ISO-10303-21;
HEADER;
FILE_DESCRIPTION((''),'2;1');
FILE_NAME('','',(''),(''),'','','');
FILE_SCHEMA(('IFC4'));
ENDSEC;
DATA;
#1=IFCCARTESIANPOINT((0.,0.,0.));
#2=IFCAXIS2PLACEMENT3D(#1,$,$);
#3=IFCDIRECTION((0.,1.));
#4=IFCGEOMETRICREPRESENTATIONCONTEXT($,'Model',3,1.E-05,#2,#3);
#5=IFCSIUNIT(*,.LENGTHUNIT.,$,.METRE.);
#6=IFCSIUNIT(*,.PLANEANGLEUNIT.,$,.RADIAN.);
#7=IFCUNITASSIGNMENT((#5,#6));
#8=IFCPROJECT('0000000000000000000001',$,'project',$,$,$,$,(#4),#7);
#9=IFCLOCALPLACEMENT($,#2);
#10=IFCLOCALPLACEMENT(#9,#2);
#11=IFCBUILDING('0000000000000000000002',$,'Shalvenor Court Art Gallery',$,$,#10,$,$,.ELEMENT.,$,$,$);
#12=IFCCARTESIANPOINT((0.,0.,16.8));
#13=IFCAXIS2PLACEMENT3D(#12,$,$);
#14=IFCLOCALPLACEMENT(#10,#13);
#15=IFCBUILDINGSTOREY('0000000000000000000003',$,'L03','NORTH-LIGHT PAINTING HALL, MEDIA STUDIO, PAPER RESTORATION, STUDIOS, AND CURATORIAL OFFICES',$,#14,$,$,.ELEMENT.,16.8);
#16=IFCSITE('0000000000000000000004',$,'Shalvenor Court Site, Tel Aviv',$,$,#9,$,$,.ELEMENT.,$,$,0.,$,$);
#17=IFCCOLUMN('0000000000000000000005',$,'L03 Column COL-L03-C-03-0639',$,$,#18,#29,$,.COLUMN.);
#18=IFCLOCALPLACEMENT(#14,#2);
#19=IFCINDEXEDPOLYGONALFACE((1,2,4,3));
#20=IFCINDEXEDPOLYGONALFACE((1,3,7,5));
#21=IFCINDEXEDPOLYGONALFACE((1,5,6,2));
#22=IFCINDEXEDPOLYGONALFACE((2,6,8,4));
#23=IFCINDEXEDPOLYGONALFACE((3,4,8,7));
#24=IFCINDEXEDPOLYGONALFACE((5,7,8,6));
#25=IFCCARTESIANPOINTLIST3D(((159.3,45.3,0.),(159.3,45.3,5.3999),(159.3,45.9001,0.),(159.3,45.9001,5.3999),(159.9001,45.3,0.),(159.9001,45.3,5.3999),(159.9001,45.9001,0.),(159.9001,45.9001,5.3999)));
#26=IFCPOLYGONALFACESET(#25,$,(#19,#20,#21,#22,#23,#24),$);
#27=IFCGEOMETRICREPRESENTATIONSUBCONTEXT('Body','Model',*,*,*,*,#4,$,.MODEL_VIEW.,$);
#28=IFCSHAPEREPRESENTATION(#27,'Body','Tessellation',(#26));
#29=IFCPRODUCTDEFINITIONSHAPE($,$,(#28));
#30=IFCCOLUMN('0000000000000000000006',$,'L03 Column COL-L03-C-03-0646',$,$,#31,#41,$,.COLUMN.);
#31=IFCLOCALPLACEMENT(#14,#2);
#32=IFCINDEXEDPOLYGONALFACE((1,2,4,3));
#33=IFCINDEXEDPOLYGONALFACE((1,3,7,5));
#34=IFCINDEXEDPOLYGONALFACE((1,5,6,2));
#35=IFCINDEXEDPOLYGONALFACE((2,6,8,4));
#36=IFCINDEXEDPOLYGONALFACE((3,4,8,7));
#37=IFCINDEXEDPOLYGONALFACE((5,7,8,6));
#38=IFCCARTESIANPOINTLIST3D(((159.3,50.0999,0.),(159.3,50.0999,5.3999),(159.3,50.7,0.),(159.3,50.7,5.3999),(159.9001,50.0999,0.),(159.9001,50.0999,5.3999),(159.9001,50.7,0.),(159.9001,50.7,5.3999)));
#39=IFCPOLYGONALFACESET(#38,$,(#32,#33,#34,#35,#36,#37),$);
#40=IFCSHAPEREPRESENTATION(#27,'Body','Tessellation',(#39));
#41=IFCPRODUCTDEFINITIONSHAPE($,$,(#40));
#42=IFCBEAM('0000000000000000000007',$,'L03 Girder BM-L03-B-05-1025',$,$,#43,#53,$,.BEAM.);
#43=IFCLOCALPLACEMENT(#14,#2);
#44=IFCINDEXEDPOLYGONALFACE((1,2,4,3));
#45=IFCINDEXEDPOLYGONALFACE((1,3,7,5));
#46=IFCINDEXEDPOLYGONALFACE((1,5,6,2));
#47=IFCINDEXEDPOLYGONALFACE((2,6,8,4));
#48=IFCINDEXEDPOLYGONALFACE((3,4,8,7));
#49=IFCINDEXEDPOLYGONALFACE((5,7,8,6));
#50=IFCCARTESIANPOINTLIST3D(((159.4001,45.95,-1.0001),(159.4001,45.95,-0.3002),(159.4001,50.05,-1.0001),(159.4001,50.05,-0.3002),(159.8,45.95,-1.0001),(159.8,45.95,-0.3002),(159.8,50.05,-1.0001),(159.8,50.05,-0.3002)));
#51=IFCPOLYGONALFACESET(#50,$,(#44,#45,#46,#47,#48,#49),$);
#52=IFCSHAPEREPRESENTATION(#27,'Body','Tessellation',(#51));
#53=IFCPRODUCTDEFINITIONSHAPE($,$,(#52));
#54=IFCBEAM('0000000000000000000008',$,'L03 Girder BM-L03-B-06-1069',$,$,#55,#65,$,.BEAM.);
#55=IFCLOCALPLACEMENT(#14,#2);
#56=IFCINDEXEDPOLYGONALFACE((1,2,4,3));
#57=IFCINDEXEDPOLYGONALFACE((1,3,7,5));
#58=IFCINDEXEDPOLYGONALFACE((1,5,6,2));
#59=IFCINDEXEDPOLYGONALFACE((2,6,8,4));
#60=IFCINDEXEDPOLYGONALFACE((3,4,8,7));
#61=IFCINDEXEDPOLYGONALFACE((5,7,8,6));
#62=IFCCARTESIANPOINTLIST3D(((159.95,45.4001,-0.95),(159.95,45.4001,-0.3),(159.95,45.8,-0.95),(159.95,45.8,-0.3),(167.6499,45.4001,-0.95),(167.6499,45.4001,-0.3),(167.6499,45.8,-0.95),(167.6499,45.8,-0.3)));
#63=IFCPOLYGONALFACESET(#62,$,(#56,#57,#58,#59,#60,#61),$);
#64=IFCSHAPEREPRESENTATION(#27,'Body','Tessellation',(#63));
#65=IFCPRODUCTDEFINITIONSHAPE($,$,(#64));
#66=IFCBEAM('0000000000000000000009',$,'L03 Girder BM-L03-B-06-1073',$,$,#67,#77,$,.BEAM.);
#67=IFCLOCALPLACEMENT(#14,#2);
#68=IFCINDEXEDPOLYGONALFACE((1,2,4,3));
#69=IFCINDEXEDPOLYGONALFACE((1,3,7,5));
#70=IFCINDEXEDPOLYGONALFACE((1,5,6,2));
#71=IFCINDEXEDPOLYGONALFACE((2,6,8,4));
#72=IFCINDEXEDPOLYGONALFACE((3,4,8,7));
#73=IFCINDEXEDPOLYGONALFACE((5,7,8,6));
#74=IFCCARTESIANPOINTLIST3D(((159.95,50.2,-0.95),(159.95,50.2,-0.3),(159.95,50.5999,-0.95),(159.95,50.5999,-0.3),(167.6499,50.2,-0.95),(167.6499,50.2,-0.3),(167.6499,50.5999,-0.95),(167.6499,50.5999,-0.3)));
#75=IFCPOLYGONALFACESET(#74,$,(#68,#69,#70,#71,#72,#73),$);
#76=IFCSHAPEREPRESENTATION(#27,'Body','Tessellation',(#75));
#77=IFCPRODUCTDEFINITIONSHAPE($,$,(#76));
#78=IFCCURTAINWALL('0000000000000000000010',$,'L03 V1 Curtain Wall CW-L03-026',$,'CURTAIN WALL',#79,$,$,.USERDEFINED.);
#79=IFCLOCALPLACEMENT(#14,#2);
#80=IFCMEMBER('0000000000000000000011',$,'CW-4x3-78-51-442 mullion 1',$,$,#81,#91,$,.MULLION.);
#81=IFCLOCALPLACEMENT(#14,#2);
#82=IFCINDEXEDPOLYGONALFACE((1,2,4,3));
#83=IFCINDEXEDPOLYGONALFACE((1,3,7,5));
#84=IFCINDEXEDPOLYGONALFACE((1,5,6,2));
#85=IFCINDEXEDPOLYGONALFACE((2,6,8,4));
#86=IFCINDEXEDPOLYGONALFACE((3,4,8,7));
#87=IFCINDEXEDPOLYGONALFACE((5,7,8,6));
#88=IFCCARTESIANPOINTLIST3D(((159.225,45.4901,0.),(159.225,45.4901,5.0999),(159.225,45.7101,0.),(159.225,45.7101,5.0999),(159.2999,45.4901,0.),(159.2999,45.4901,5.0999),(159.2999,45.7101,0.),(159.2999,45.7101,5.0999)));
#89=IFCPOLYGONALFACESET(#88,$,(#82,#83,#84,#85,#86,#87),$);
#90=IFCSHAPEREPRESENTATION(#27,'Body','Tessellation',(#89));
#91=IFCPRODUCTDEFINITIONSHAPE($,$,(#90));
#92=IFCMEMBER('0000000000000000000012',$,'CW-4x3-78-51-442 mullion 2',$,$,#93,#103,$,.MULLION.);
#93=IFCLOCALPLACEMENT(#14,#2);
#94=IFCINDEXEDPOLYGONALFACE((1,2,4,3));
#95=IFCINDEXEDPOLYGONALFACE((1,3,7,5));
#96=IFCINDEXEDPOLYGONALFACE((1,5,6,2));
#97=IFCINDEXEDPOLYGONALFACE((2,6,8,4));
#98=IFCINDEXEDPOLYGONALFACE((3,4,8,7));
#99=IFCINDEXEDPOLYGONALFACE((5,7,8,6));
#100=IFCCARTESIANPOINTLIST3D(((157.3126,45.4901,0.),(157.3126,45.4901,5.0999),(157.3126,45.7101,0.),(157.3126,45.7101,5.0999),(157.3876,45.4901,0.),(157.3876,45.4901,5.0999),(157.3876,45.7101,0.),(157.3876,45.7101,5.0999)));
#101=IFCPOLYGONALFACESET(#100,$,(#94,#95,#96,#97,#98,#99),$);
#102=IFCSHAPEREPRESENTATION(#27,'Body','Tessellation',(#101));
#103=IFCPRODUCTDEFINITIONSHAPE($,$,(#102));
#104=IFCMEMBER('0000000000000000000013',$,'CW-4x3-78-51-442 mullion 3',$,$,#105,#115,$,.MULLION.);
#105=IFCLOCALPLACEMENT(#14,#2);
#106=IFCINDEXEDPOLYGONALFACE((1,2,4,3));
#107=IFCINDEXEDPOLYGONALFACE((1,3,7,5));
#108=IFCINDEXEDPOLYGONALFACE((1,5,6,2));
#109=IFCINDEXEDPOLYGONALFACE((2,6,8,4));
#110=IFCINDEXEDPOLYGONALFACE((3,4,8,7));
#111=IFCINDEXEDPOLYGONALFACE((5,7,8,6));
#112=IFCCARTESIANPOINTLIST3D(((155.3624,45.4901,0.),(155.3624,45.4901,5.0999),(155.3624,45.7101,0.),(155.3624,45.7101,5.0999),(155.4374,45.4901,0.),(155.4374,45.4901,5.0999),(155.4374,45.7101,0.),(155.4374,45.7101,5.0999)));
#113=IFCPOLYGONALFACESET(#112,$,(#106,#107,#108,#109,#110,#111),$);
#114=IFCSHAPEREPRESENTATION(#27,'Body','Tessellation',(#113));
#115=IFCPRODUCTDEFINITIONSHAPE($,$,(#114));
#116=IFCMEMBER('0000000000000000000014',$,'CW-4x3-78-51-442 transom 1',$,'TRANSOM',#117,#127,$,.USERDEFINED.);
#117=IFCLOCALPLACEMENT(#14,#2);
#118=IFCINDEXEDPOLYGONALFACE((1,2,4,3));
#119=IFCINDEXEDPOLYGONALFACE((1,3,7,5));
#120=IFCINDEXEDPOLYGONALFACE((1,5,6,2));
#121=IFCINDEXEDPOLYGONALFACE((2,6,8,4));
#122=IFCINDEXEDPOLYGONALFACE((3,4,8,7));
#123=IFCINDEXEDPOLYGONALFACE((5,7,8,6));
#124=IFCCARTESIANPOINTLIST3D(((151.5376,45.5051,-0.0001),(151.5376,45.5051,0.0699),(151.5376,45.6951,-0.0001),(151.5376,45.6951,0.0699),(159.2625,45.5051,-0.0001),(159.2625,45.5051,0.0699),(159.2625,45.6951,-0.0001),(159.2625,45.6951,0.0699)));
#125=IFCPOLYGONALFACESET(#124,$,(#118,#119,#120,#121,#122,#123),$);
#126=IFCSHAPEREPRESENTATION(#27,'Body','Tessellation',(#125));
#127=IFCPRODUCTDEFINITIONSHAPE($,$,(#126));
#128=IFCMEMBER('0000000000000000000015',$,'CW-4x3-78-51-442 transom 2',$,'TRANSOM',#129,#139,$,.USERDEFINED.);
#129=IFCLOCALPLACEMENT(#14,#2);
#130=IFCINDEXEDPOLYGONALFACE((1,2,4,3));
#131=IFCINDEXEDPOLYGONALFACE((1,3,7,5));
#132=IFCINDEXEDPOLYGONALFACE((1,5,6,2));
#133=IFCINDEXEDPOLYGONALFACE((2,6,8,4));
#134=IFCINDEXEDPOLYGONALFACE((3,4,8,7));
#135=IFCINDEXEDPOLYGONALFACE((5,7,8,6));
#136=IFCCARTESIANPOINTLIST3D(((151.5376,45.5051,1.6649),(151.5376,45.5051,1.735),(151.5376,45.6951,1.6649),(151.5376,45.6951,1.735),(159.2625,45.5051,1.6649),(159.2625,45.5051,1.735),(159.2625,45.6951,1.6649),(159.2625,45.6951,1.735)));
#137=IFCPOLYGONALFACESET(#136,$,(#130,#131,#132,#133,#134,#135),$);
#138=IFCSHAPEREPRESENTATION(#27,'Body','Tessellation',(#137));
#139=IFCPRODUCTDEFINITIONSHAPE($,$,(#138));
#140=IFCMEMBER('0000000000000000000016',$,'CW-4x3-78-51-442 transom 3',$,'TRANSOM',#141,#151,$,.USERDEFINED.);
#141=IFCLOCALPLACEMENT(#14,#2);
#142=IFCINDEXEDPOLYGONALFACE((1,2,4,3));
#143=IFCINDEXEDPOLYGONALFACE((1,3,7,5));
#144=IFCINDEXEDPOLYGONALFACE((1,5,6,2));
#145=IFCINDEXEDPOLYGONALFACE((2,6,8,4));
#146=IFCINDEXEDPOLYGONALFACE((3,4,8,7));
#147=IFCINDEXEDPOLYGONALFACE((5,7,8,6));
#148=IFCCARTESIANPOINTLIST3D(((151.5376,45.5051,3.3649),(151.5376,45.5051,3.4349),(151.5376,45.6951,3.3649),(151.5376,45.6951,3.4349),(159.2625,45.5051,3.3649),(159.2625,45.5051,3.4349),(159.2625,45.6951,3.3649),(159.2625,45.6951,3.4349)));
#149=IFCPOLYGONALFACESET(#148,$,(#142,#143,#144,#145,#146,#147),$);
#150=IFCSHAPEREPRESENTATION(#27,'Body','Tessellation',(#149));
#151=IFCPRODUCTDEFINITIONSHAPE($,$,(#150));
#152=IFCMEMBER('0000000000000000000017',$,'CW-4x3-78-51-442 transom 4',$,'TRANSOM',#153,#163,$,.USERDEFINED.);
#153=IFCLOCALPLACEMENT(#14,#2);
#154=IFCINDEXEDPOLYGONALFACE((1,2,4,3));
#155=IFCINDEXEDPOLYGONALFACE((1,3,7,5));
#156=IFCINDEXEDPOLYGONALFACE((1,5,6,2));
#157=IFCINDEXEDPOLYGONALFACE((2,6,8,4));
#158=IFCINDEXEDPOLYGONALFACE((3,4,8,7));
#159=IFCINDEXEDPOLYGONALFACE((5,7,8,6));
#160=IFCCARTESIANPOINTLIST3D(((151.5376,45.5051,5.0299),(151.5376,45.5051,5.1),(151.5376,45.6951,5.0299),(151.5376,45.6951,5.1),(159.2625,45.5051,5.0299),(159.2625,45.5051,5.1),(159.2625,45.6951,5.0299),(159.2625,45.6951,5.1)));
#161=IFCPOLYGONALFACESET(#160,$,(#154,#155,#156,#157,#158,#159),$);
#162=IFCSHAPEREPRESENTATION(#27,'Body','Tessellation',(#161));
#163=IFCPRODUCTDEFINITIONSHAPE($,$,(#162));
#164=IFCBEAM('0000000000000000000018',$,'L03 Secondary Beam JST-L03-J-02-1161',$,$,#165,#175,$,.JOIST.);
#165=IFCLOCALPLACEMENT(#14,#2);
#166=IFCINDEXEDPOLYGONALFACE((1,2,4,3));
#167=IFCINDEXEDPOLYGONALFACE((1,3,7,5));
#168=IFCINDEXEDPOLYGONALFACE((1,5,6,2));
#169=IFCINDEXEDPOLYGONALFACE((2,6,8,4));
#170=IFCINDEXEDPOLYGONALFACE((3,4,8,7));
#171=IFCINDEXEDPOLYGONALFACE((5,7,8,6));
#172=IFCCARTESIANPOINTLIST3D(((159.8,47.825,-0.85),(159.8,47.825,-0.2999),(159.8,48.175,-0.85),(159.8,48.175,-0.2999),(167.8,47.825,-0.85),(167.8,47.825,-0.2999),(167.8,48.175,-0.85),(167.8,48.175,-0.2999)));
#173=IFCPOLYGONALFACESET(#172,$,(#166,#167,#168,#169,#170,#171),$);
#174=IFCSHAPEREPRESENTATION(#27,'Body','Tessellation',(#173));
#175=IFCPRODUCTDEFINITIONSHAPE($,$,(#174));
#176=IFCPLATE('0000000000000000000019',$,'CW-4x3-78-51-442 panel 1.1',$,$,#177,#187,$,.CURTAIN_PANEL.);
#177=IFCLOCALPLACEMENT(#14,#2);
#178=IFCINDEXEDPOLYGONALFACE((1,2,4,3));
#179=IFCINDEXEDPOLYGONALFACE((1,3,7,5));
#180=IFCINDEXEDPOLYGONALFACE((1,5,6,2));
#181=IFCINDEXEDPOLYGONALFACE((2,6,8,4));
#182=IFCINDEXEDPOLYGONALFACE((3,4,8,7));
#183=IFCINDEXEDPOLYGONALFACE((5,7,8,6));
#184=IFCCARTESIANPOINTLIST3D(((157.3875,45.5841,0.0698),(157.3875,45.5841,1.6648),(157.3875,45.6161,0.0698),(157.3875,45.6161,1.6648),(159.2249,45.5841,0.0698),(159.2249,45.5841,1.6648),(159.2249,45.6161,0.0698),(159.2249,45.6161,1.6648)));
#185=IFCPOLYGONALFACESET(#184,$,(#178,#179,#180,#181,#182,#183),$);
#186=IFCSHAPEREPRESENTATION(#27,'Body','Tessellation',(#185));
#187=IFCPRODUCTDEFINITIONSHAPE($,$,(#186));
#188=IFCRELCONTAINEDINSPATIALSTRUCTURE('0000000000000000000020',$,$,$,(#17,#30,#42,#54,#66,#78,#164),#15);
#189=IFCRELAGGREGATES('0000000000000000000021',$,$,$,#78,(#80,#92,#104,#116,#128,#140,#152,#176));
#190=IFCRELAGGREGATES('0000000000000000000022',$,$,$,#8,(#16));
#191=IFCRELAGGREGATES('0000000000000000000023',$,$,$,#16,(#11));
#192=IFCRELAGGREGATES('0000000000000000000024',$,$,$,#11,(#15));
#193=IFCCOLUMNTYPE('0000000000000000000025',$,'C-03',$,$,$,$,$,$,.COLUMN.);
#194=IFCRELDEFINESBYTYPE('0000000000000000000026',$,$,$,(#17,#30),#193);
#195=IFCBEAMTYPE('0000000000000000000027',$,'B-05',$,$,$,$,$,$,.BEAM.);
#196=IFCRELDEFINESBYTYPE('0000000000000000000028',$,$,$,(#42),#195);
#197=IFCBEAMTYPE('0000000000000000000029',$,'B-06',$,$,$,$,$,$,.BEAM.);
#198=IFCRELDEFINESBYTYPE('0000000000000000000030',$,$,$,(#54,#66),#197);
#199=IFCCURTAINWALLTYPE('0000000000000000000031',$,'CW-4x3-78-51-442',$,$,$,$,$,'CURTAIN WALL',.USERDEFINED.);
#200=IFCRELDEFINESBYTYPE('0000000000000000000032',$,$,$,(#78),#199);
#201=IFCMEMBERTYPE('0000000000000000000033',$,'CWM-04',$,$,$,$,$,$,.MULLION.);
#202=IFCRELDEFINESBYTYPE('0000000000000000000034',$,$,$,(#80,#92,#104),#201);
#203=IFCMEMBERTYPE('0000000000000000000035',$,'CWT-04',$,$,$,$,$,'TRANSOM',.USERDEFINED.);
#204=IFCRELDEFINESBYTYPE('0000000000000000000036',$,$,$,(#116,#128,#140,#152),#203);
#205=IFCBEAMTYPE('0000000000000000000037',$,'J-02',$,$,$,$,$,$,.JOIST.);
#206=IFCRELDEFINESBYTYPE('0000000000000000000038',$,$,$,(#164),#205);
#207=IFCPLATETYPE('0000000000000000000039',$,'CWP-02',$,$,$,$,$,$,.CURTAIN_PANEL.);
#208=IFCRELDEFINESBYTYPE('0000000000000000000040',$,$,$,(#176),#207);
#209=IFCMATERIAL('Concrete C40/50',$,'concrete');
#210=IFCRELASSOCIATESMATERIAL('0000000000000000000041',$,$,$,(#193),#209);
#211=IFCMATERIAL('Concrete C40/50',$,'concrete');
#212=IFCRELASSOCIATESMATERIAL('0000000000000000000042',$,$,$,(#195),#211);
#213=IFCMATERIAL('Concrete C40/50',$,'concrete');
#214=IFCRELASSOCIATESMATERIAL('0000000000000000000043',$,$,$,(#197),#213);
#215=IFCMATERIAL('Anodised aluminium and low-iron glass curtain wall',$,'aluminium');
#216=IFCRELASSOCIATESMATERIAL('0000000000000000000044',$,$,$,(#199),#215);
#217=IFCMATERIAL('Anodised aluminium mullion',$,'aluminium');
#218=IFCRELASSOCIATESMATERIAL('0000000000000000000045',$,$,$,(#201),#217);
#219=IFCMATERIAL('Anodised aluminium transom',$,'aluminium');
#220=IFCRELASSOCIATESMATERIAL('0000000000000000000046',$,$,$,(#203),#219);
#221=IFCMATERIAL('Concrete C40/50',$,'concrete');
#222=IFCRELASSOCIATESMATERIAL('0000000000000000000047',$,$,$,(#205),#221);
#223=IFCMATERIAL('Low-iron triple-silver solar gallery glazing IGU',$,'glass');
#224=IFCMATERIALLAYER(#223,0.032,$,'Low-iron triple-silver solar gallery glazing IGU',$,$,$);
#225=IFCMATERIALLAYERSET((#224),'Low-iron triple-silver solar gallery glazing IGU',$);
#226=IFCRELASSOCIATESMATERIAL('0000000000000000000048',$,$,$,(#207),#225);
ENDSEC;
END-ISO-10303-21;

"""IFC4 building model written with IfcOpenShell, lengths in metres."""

from ifc_helpers import new_model, si_unit, direction, frame, origin, origin_2d, place, context, subcontext, project, spatial, rectangle, extrude, material, layer, layer_set, material_profile, profile_set, type_object, element, aggregate, save


model = new_model("IFC4")

# Units and contexts
model_context = context("Model", 3, precision=1e-05, world=origin(), true_north=direction((0.0, 1.0)))
body_context = subcontext(model_context, "Body", "Model", "MODEL_VIEW")
ifc_project = project(units=[si_unit("LENGTHUNIT", "METRE"), si_unit("PLANEANGLEUNIT", "RADIAN")], contexts=[model_context])

# Site, building, storey
site_placement = place(None, origin())
site = spatial("IfcSite", under=ifc_project, at=site_placement, Name="Shalvenor Court Site, Tel Aviv", CompositionType="ELEMENT", RefElevation=0.0)
building_placement = place(site_placement, origin())
building = spatial("IfcBuilding", under=site, at=building_placement, Name="Shalvenor Court Art Gallery", CompositionType="ELEMENT")
storey_placement = place(building_placement, frame((0.0, 0.0, 16.8)))
storey = spatial("IfcBuildingStorey", under=building, at=storey_placement, Name="L03", Description="NORTH-LIGHT PAINTING HALL, MEDIA STUDIO, PAPER RESTORATION, STUDIOS, AND CURATORIAL OFFICES", CompositionType="ELEMENT", Elevation=16.8)

# Columns
ifc_material_1 = material(Name="Concrete C40/50", Category="concrete")
ifc_material_profile_1 = material_profile(ifc_material_1, rectangle(XDim=0.6001, YDim=0.6001, at=origin_2d()), Name="RC 600x600")
ifc_profile_set_1 = profile_set([ifc_material_profile_1], Name="Concrete C40/50")
column_type = type_object("IfcColumnType", Name="C-03", PredefinedType="COLUMN", material=ifc_profile_set_1)
for number, where, z_axis, x_axis, name in (
    (1, (159.6001, 45.6001, 0.0), (0.0, 0.0, 1.0), (1.0, 0.0, 0.0), "L03 Column COL-L03-C-03-0639"),
    (2, (159.6001, 50.3999, 0.0), (0.0, 0.0, 1.0), (1.0, 0.0, 0.0), "L03 Column COL-L03-C-03-0646"),
):
    element("IfcColumn", number, at=place(storey_placement, frame(where, z_axis=z_axis, x_axis=x_axis)), inside=storey, type_object=column_type, Name=name, PredefinedType="COLUMN", context=body_context, shape_type="SweptSolid", body=[
        extrude(rectangle(XDim=0.6001, YDim=0.6001, at=origin_2d()), origin(), (0.0, 0.0, 1.0), 5.3999),
    ])

# Beams
ifc_material_2 = material(Name="Concrete C40/50", Category="concrete")
ifc_material_profile_2 = material_profile(ifc_material_2, rectangle(XDim=0.3999, YDim=0.7, at=origin_2d()), Name="RC 400x700")
ifc_profile_set_2 = profile_set([ifc_material_profile_2], Name="Concrete C40/50")
beam_type_1 = type_object("IfcBeamType", Name="B-05", PredefinedType="BEAM", material=ifc_profile_set_2)
beam_1_placement = place(storey_placement, frame((159.6001, 45.95, -0.6501), z_axis=(0.0, 1.0, 0.0), x_axis=(-1.0, 0.0, 0.0)))
element("IfcBeam", 3, at=beam_1_placement, inside=storey, type_object=beam_type_1, Name="L03 Girder BM-L03-B-05-1025", PredefinedType="BEAM", context=body_context, shape_type="SweptSolid", body=[
    extrude(rectangle(XDim=0.3999, YDim=0.7, at=origin_2d()), origin(), (0.0, 0.0, 1.0), 4.1001),
])
ifc_material_3 = material(Name="Concrete C40/50", Category="concrete")
ifc_material_profile_3 = material_profile(ifc_material_3, rectangle(XDim=0.3999, YDim=0.6499, at=origin_2d()), Name="RC 400x650")
ifc_profile_set_3 = profile_set([ifc_material_profile_3], Name="Concrete C40/50")
beam_type_2 = type_object("IfcBeamType", Name="B-06", PredefinedType="BEAM", material=ifc_profile_set_3)
for number, where, z_axis, x_axis, name in (
    (4, (159.95, 45.6001, -0.625), (1.0, 0.0, 0.0), (0.0, 1.0, 0.0), "L03 Girder BM-L03-B-06-1069"),
    (5, (159.95, 50.3999, -0.625), (1.0, 0.0, 0.0), (0.0, 1.0, 0.0), "L03 Girder BM-L03-B-06-1073"),
):
    element("IfcBeam", number, at=place(storey_placement, frame(where, z_axis=z_axis, x_axis=x_axis)), inside=storey, type_object=beam_type_2, Name=name, PredefinedType="BEAM", context=body_context, shape_type="SweptSolid", body=[
        extrude(rectangle(XDim=0.3999, YDim=0.6499, at=origin_2d()), origin(), (0.0, 0.0, 1.0), 7.7),
    ])

# Curtain wall, members
ifc_material_4 = material(Name="Anodised aluminium and low-iron glass curtain wall", Category="aluminium")
curtain_wall_type = type_object("IfcCurtainWallType", Name="CW-4x3-78-51-442", ElementType="CURTAIN WALL", PredefinedType="USERDEFINED", material=ifc_material_4)
curtain_wall_placement = place(storey_placement, origin())
curtain_wall = element("IfcCurtainWall", 6, at=curtain_wall_placement, inside=storey, type_object=curtain_wall_type, Name="L03 V1 Curtain Wall CW-L03-026", ObjectType="CURTAIN WALL", PredefinedType="USERDEFINED")
ifc_material_5 = material(Name="Anodised aluminium mullion", Category="aluminium")
ifc_material_profile_4 = material_profile(ifc_material_5, rectangle(XDim=0.075, YDim=0.22, at=origin_2d()), Name="CWM-04")
ifc_profile_set_4 = profile_set([ifc_material_profile_4], Name="Anodised aluminium mullion")
member_type_1 = type_object("IfcMemberType", Name="CWM-04", PredefinedType="MULLION", material=ifc_profile_set_4)
member_1_placement = place(storey_placement, frame((159.2625, 45.6001, 0.0), z_axis=(0.0, 0.0, 1.0), x_axis=(-1.0, 0.0, 0.0)))
member_1 = element("IfcMember", 7, at=member_1_placement, type_object=member_type_1, Name="CW-4x3-78-51-442 mullion 1", PredefinedType="MULLION", context=body_context, shape_type="SweptSolid", body=[
    extrude(rectangle(XDim=0.075, YDim=0.22, at=origin_2d()), origin(), (0.0, 0.0, 1.0), 5.0999),
])
member_2_placement = place(storey_placement, frame((157.3501, 45.6001, 0.0), z_axis=(0.0, 0.0, 1.0), x_axis=(-1.0, 0.0, 0.0)))
member_2 = element("IfcMember", 8, at=member_2_placement, type_object=member_type_1, Name="CW-4x3-78-51-442 mullion 2", PredefinedType="MULLION", context=body_context, shape_type="SweptSolid", body=[
    extrude(rectangle(XDim=0.075, YDim=0.22, at=origin_2d()), origin(), (0.0, 0.0, 1.0), 5.0999),
])
member_3_placement = place(storey_placement, frame((155.3999, 45.6001, 0.0), z_axis=(0.0, 0.0, 1.0), x_axis=(-1.0, 0.0, 0.0)))
member_3 = element("IfcMember", 9, at=member_3_placement, type_object=member_type_1, Name="CW-4x3-78-51-442 mullion 3", PredefinedType="MULLION", context=body_context, shape_type="SweptSolid", body=[
    extrude(rectangle(XDim=0.075, YDim=0.22, at=origin_2d()), origin(), (0.0, 0.0, 1.0), 5.0999),
])
ifc_material_6 = material(Name="Anodised aluminium transom", Category="aluminium")
ifc_material_profile_5 = material_profile(ifc_material_6, rectangle(XDim=0.1899, YDim=0.0701, at=origin_2d()), Name="CWT-04")
ifc_profile_set_5 = profile_set([ifc_material_profile_5], Name="Anodised aluminium transom")
member_type_2 = type_object("IfcMemberType", Name="CWT-04", ElementType="TRANSOM", PredefinedType="USERDEFINED", material=ifc_profile_set_5)
member_4_placement = place(storey_placement, frame((159.2625, 45.6001, 0.0349), z_axis=(-1.0, 0.0, 0.0), x_axis=(0.0, -1.0, 0.0)))
member_4 = element("IfcMember", 10, at=member_4_placement, type_object=member_type_2, Name="CW-4x3-78-51-442 transom 1", ObjectType="TRANSOM", PredefinedType="USERDEFINED", context=body_context, shape_type="SweptSolid", body=[
    extrude(rectangle(XDim=0.1899, YDim=0.0701, at=origin_2d()), origin(), (0.0, 0.0, 1.0), 7.7249),
])
member_5_placement = place(storey_placement, frame((159.2625, 45.6001, 1.7), z_axis=(-1.0, 0.0, 0.0), x_axis=(0.0, -1.0, 0.0)))
member_5 = element("IfcMember", 11, at=member_5_placement, type_object=member_type_2, Name="CW-4x3-78-51-442 transom 2", ObjectType="TRANSOM", PredefinedType="USERDEFINED", context=body_context, shape_type="SweptSolid", body=[
    extrude(rectangle(XDim=0.1899, YDim=0.0701, at=origin_2d()), origin(), (0.0, 0.0, 1.0), 7.7249),
])
member_6_placement = place(storey_placement, frame((159.2625, 45.6001, 3.3999), z_axis=(-1.0, 0.0, 0.0), x_axis=(0.0, -1.0, 0.0)))
member_6 = element("IfcMember", 12, at=member_6_placement, type_object=member_type_2, Name="CW-4x3-78-51-442 transom 3", ObjectType="TRANSOM", PredefinedType="USERDEFINED", context=body_context, shape_type="SweptSolid", body=[
    extrude(rectangle(XDim=0.1899, YDim=0.0701, at=origin_2d()), origin(), (0.0, 0.0, 1.0), 7.7249),
])
member_7_placement = place(storey_placement, frame((159.2625, 45.6001, 5.0649), z_axis=(-1.0, 0.0, 0.0), x_axis=(0.0, -1.0, 0.0)))
member_7 = element("IfcMember", 13, at=member_7_placement, type_object=member_type_2, Name="CW-4x3-78-51-442 transom 4", ObjectType="TRANSOM", PredefinedType="USERDEFINED", context=body_context, shape_type="SweptSolid", body=[
    extrude(rectangle(XDim=0.1899, YDim=0.0701, at=origin_2d()), origin(), (0.0, 0.0, 1.0), 7.7249),
])

# Beam
ifc_material_7 = material(Name="Concrete C40/50", Category="concrete")
ifc_material_profile_6 = material_profile(ifc_material_7, rectangle(XDim=0.3501, YDim=0.55, at=origin_2d()), Name="RC 350x550")
ifc_profile_set_6 = profile_set([ifc_material_profile_6], Name="Concrete C40/50")
beam_type_3 = type_object("IfcBeamType", Name="J-02", PredefinedType="JOIST", material=ifc_profile_set_6)
beam_2_placement = place(storey_placement, frame((159.8, 48.0, -0.575), z_axis=(1.0, 0.0, 0.0), x_axis=(0.0, 1.0, 0.0)))
element("IfcBeam", 14, at=beam_2_placement, inside=storey, type_object=beam_type_3, Name="L03 Secondary Beam JST-L03-J-02-1161", PredefinedType="JOIST", context=body_context, shape_type="SweptSolid", body=[
    extrude(rectangle(XDim=0.3501, YDim=0.55, at=origin_2d()), origin(), (0.0, 0.0, 1.0), 8.0),
])

# Plate
ifc_material_8 = material(Name="Low-iron triple-silver solar gallery glazing IGU", Category="glass")
ifc_layer_1 = layer(ifc_material_8, 0.032, Name="Low-iron triple-silver solar gallery glazing IGU")
ifc_layer_set_1 = layer_set([ifc_layer_1], Name="Low-iron triple-silver solar gallery glazing IGU")
plate_type_1 = type_object("IfcPlateType", Name="CWP-02", PredefinedType="CURTAIN_PANEL", material=ifc_layer_set_1)
plate_1_placement = place(storey_placement, frame((158.3062, 45.6001, 0.0698), z_axis=(0.0, 0.0, 1.0), x_axis=(-1.0, 0.0, 0.0)))
plate_1 = element("IfcPlate", 15, at=plate_1_placement, type_object=plate_type_1, Name="CW-4x3-78-51-442 panel 1.1", PredefinedType="CURTAIN_PANEL", context=body_context, shape_type="SweptSolid", body=[
    extrude(rectangle(XDim=1.8374, YDim=0.032, at=origin_2d()), origin(), (0.0, 0.0, 1.0), 1.595),
])
aggregate(curtain_wall, [member_1, member_2, member_3, member_4, member_5, member_6, member_7, plate_1])

save(model, "model.ifc")
